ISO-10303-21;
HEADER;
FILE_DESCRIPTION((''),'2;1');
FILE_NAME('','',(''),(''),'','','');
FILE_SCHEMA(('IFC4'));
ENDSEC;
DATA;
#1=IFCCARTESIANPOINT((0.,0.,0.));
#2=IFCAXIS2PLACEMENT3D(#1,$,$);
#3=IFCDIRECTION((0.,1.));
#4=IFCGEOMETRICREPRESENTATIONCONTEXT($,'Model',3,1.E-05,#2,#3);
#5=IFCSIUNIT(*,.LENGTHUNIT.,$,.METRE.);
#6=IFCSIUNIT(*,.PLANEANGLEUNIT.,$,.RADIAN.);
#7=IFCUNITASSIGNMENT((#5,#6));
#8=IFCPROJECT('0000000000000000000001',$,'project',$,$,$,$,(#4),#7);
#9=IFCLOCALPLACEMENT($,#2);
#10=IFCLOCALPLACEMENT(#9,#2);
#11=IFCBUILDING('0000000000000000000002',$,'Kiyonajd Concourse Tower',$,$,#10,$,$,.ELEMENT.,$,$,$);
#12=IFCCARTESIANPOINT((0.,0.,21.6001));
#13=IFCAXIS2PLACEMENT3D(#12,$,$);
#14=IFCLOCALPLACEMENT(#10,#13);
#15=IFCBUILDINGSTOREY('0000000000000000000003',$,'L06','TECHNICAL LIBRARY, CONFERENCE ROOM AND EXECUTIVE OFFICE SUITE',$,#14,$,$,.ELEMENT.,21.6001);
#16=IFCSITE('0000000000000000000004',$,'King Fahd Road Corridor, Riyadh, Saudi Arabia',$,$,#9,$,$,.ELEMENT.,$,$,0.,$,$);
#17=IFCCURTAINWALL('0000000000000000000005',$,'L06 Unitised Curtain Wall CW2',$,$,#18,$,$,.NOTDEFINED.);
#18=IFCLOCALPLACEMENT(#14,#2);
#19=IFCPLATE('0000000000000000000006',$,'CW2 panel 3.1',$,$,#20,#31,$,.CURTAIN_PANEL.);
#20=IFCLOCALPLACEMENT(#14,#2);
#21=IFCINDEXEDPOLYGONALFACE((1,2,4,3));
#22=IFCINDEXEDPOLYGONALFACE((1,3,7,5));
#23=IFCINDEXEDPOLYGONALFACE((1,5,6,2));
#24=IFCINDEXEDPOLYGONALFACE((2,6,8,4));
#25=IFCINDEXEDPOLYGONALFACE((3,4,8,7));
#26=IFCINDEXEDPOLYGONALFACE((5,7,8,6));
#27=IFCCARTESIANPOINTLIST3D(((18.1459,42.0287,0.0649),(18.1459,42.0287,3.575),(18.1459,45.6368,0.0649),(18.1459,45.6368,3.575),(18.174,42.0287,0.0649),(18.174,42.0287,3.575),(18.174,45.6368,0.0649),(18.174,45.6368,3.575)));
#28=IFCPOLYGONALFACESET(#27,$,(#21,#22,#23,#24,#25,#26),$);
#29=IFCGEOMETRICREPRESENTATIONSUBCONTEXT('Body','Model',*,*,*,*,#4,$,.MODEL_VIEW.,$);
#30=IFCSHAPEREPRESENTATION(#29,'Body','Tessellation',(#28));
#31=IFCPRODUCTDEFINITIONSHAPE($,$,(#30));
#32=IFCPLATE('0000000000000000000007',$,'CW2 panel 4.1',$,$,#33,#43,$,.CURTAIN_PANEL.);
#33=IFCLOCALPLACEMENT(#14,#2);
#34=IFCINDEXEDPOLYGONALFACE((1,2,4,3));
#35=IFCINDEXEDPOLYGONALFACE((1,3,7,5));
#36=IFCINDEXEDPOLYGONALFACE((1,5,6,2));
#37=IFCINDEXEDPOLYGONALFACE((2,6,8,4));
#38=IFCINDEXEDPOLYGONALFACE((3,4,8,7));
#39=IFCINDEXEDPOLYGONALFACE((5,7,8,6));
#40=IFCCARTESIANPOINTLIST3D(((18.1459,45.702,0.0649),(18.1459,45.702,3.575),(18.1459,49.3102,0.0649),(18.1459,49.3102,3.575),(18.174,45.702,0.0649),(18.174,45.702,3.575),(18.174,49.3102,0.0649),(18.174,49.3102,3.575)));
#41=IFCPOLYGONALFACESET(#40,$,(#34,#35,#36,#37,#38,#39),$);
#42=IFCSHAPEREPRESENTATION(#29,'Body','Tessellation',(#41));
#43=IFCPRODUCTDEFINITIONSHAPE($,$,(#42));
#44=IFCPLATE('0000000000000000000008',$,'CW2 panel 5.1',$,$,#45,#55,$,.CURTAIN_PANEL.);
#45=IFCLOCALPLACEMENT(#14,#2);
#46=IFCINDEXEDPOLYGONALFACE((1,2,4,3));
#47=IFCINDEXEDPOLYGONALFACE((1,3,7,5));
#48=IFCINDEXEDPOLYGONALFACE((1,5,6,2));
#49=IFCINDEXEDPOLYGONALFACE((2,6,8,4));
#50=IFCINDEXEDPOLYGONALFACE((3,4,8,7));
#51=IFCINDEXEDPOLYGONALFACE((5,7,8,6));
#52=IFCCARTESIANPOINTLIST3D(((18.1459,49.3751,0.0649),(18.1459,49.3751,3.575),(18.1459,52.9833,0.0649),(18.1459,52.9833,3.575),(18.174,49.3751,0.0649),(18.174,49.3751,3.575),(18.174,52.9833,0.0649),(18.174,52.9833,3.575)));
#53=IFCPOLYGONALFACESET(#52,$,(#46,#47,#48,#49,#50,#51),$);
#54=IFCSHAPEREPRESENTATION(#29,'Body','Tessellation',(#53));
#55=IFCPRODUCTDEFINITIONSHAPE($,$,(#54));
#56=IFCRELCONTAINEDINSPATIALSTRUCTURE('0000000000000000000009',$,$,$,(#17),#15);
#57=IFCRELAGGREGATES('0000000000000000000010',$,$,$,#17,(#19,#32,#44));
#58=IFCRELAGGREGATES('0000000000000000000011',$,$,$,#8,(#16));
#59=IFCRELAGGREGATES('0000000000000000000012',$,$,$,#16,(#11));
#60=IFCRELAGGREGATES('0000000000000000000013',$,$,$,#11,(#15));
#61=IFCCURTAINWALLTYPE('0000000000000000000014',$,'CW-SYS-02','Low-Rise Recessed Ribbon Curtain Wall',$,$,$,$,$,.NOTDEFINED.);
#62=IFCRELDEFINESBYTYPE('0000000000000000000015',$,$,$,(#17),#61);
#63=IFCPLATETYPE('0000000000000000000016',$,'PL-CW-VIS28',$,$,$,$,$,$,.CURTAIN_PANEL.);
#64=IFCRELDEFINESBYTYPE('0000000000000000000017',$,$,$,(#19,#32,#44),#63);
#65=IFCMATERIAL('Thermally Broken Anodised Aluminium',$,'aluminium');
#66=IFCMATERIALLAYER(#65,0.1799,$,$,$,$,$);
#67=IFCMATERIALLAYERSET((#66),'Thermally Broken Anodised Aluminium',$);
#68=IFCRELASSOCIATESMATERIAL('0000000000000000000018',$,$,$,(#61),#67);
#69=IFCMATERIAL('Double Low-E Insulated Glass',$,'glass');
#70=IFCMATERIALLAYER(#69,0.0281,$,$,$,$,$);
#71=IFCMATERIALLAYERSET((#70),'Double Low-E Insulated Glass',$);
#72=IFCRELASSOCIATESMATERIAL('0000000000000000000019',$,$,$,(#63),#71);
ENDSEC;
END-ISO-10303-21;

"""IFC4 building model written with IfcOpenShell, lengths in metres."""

from ifc_helpers import new_model, si_unit, direction, frame, origin, origin_2d, place, context, subcontext, project, spatial, rectangle, extrude, material, layer, layer_set, type_object, element, aggregate, save


model = new_model("IFC4")

# Units and contexts
model_context = context("Model", 3, precision=1e-05, world=origin(), true_north=direction((0.0, 1.0)))
body_context = subcontext(model_context, "Body", "Model", "MODEL_VIEW")
ifc_project = project(units=[si_unit("LENGTHUNIT", "METRE"), si_unit("PLANEANGLEUNIT", "RADIAN")], contexts=[model_context])

# Site, building, storey
site_placement = place(None, origin())
site = spatial("IfcSite", under=ifc_project, at=site_placement, Name="King Fahd Road Corridor, Riyadh, Saudi Arabia", CompositionType="ELEMENT", RefElevation=0.0)
building_placement = place(site_placement, origin())
building = spatial("IfcBuilding", under=site, at=building_placement, Name="Kiyonajd Concourse Tower", CompositionType="ELEMENT")
storey_placement = place(building_placement, frame((0.0, 0.0, 21.6001)))
storey = spatial("IfcBuildingStorey", under=building, at=storey_placement, Name="L06", Description="TECHNICAL LIBRARY, CONFERENCE ROOM AND EXECUTIVE OFFICE SUITE", CompositionType="ELEMENT", Elevation=21.6001)

# Curtain wall, plates
ifc_material_1 = material(Name="Thermally Broken Anodised Aluminium", Category="aluminium")
ifc_layer_1 = layer(ifc_material_1, 0.1799)
ifc_layer_set_1 = layer_set([ifc_layer_1], Name="Thermally Broken Anodised Aluminium")
curtain_wall_type = type_object("IfcCurtainWallType", Name="CW-SYS-02", Description="Low-Rise Recessed Ribbon Curtain Wall", PredefinedType="NOTDEFINED", material=ifc_layer_set_1)
curtain_wall_placement = place(storey_placement, origin())
curtain_wall = element("IfcCurtainWall", 1, at=curtain_wall_placement, inside=storey, type_object=curtain_wall_type, Name="L06 Unitised Curtain Wall CW2", PredefinedType="NOTDEFINED")
ifc_material_2 = material(Name="Double Low-E Insulated Glass", Category="glass")
ifc_layer_2 = layer(ifc_material_2, 0.0281)
ifc_layer_set_2 = layer_set([ifc_layer_2], Name="Double Low-E Insulated Glass")
plate_type = type_object("IfcPlateType", Name="PL-CW-VIS28", PredefinedType="CURTAIN_PANEL", material=ifc_layer_set_2)
plate_1_placement = place(storey_placement, frame((18.1599, 43.8328, 0.0649), z_axis=(0.0, 0.0, 1.0), x_axis=(0.0, 1.0, 0.0)))
plate_1 = element("IfcPlate", 2, at=plate_1_placement, type_object=plate_type, Name="CW2 panel 3.1", PredefinedType="CURTAIN_PANEL", context=body_context, shape_type="SweptSolid", body=[
    extrude(rectangle(XDim=3.6082, YDim=0.0281, at=origin_2d()), origin(), (0.0, 0.0, 1.0), 3.51),
])
plate_2_placement = place(storey_placement, frame((18.1599, 47.5061, 0.0649), z_axis=(0.0, 0.0, 1.0), x_axis=(0.0, 1.0, 0.0)))
plate_2 = element("IfcPlate", 3, at=plate_2_placement, type_object=plate_type, Name="CW2 panel 4.1", PredefinedType="CURTAIN_PANEL", context=body_context, shape_type="SweptSolid", body=[
    extrude(rectangle(XDim=3.6082, YDim=0.0281, at=origin_2d()), origin(), (0.0, 0.0, 1.0), 3.51),
])
plate_3_placement = place(storey_placement, frame((18.1599, 51.1792, 0.0649), z_axis=(0.0, 0.0, 1.0), x_axis=(0.0, 1.0, 0.0)))
plate_3 = element("IfcPlate", 4, at=plate_3_placement, type_object=plate_type, Name="CW2 panel 5.1", PredefinedType="CURTAIN_PANEL", context=body_context, shape_type="SweptSolid", body=[
    extrude(rectangle(XDim=3.6082, YDim=0.0281, at=origin_2d()), origin(), (0.0, 0.0, 1.0), 3.51),
])
aggregate(curtain_wall, [plate_1, plate_2, plate_3])

save(model, "model.ifc")
